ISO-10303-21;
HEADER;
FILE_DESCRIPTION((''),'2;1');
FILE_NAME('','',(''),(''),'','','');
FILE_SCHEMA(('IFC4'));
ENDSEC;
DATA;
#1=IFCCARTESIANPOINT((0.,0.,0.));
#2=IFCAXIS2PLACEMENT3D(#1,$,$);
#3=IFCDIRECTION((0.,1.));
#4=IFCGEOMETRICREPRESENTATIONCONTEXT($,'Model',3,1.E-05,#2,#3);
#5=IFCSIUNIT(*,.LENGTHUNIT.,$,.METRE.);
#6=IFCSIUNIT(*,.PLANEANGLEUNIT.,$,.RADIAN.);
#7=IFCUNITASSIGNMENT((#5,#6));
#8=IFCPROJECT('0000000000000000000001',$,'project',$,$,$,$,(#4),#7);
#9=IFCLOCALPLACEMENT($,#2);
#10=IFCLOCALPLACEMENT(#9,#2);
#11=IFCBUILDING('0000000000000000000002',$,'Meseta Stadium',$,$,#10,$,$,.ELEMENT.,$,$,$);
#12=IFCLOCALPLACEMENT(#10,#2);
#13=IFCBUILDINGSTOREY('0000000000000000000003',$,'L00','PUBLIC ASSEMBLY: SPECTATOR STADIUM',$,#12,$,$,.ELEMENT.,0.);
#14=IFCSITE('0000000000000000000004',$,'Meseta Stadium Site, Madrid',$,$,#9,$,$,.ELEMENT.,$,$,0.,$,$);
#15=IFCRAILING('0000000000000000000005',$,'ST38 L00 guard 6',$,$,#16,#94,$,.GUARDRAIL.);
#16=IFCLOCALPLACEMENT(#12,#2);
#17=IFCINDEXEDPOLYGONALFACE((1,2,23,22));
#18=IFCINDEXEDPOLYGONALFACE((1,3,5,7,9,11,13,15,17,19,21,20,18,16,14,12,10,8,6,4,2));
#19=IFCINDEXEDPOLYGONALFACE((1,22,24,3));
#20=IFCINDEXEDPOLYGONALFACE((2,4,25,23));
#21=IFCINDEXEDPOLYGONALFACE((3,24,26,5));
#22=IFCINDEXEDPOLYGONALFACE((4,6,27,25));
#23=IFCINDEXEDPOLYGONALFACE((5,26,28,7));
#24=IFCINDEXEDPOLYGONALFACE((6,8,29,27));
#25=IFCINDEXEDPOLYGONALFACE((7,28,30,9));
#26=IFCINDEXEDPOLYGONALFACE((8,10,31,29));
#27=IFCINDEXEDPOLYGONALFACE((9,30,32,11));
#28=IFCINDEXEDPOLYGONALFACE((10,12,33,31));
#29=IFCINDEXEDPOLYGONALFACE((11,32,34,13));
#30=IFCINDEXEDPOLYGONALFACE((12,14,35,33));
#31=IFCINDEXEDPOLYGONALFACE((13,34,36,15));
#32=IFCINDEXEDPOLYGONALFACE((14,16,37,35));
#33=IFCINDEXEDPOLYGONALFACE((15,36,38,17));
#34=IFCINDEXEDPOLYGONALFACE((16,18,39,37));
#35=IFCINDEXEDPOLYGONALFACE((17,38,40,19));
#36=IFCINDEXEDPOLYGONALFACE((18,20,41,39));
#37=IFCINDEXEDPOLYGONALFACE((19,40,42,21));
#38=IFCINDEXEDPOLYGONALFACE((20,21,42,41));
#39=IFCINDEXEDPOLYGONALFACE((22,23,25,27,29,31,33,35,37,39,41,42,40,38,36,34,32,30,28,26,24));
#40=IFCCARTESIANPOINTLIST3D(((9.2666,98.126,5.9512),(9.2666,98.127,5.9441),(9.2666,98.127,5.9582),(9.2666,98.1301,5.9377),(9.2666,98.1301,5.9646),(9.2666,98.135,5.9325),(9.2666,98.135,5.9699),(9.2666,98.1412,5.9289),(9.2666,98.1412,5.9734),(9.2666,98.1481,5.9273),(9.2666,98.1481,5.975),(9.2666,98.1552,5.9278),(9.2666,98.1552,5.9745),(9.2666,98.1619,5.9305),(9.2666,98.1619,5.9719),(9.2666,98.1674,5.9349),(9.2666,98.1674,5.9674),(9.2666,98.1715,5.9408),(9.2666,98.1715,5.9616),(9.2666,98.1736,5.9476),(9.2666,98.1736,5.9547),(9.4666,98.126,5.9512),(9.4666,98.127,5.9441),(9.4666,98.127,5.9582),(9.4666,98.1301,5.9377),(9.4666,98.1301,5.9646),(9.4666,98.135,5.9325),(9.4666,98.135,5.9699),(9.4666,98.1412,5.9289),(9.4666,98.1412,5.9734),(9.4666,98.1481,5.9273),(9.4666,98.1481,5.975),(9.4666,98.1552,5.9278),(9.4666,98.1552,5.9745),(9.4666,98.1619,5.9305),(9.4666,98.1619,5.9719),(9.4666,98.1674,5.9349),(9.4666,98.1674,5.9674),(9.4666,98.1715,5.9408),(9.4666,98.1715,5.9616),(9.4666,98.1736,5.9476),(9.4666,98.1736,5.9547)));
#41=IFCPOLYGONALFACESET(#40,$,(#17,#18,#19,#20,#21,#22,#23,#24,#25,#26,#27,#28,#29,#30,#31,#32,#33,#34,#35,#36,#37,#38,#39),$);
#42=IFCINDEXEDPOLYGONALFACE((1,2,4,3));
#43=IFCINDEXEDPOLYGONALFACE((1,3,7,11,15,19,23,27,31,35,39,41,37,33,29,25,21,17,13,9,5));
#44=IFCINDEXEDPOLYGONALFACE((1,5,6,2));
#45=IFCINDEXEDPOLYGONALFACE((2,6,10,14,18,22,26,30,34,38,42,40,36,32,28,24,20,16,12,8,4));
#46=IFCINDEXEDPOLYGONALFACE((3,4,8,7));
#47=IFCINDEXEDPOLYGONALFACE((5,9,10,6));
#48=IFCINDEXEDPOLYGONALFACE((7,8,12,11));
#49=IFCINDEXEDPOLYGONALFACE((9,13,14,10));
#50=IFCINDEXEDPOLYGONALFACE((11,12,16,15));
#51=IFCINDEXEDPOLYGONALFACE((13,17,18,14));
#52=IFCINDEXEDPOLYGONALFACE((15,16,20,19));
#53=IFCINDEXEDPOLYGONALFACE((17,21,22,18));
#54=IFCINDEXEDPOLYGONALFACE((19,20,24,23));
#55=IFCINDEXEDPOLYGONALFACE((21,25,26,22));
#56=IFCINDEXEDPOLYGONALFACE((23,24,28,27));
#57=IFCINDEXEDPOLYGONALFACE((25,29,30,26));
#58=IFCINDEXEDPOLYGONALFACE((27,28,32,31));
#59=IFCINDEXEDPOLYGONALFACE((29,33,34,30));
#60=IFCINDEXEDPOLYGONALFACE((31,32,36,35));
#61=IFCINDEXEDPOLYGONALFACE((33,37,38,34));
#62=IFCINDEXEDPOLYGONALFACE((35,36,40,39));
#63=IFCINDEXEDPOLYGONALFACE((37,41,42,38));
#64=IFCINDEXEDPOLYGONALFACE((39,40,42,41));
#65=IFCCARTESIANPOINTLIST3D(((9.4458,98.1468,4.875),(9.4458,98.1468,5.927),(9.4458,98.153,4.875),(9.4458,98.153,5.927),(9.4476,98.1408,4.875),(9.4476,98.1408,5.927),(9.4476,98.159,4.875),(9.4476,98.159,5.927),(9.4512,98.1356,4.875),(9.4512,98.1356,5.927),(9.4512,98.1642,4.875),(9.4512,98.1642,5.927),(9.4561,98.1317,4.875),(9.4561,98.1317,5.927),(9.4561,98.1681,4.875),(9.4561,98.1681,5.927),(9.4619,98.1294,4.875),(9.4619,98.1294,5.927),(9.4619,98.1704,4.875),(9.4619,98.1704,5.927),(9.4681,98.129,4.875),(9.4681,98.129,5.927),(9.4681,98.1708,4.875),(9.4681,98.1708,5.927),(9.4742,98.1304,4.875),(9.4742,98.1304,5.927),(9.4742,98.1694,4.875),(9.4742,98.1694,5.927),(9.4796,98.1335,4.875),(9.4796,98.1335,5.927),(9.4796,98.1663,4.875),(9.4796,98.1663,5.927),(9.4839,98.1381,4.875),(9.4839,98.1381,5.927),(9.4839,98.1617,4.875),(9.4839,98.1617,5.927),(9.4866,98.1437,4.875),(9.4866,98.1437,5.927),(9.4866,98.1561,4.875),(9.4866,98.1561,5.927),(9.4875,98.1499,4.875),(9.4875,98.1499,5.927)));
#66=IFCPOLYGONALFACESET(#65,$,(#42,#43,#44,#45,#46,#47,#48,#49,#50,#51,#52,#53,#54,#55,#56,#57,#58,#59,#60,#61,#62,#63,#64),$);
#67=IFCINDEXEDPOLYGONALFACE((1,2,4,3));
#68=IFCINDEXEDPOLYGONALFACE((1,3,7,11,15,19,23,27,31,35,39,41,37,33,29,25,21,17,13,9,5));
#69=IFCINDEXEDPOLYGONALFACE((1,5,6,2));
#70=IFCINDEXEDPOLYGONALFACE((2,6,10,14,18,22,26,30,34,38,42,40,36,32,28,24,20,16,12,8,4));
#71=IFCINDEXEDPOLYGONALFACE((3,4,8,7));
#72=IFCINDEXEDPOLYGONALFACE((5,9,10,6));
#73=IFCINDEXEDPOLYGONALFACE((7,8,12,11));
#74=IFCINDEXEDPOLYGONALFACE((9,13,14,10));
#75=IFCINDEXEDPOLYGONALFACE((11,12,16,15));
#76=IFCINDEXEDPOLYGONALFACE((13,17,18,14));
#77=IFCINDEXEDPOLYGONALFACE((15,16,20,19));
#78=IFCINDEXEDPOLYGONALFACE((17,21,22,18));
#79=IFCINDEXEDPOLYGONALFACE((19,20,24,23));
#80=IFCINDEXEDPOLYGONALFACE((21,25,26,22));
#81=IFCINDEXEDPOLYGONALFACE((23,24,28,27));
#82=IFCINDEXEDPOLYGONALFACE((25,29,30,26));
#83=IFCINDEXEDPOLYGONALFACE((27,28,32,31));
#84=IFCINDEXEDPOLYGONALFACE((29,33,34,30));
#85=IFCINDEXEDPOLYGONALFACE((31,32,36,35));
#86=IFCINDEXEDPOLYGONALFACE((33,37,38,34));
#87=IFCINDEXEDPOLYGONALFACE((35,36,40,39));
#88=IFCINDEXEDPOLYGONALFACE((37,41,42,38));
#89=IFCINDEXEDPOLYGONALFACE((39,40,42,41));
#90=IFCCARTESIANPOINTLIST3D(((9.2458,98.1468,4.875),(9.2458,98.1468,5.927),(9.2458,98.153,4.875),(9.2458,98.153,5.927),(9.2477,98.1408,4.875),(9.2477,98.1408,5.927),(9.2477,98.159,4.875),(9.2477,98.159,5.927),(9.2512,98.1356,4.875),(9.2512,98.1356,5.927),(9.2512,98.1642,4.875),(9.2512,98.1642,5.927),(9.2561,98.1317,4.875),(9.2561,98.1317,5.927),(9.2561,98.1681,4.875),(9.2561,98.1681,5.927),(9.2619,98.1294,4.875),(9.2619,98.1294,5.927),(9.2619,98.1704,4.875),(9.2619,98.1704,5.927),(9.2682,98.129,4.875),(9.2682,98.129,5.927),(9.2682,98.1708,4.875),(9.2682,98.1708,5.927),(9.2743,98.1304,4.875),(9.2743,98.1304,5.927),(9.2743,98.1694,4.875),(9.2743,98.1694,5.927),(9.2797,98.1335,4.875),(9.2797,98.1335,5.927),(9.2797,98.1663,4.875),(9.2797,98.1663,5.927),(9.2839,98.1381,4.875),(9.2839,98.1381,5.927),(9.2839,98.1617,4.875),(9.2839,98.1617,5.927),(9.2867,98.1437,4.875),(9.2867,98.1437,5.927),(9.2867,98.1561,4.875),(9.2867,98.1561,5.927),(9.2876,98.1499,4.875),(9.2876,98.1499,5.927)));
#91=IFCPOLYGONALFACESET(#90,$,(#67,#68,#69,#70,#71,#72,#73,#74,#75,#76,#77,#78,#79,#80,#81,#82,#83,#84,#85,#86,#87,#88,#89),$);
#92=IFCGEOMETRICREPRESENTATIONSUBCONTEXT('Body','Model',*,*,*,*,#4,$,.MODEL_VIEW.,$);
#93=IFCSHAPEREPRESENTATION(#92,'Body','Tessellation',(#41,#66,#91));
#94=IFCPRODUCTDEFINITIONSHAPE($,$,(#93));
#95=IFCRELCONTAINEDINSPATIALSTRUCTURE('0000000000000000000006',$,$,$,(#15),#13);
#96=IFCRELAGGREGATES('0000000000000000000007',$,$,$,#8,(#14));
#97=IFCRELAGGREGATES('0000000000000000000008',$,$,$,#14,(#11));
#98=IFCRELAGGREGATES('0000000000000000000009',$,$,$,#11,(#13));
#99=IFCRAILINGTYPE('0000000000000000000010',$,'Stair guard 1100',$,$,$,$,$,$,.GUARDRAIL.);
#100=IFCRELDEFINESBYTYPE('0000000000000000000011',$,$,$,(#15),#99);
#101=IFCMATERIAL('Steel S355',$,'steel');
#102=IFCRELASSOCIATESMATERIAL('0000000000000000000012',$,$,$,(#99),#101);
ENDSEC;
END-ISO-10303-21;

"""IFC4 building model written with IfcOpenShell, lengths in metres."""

from ifc_helpers import new_model, si_unit, direction, frame, origin, origin_2d, place, context, subcontext, project, spatial, circle, extrude, material, type_object, element, save


model = new_model("IFC4")

# Units and contexts
model_context = context("Model", 3, precision=1e-05, world=origin(), true_north=direction((0.0, 1.0)))
body_context = subcontext(model_context, "Body", "Model", "MODEL_VIEW")
ifc_project = project(units=[si_unit("LENGTHUNIT", "METRE"), si_unit("PLANEANGLEUNIT", "RADIAN")], contexts=[model_context])

# Site, building, storey
site_placement = place(None, origin())
site = spatial("IfcSite", under=ifc_project, at=site_placement, Name="Meseta Stadium Site, Madrid", CompositionType="ELEMENT", RefElevation=0.0)
building_placement = place(site_placement, origin())
building = spatial("IfcBuilding", under=site, at=building_placement, Name="Meseta Stadium", CompositionType="ELEMENT")
storey_placement = place(building_placement, origin())
storey = spatial("IfcBuildingStorey", under=building, at=storey_placement, Name="L00", Description="PUBLIC ASSEMBLY: SPECTATOR STADIUM", CompositionType="ELEMENT", Elevation=0.0)

# Railing
ifc_material_1 = material(Name="Steel S355", Category="steel")
railing_type_1 = type_object("IfcRailingType", Name="Stair guard 1100", PredefinedType="GUARDRAIL", material=ifc_material_1)
railing_1_placement = place(storey_placement, frame((9.4666, 98.1499, 4.875)))
element("IfcRailing", 1, at=railing_1_placement, inside=storey, type_object=railing_type_1, Name="ST38 L00 guard 6", PredefinedType="GUARDRAIL", context=body_context, shape_type="SweptSolid", body=[
    extrude(circle(Radius=0.0239, at=origin_2d()), frame((0.0, 0.0, 1.0762), z_axis=(-1.0, 0.0, 0.0), x_axis=(0.0, -1.0, 0.0)), (0.0, 0.0, 1.0), 0.2),
    extrude(circle(Radius=0.021, at=origin_2d()), origin(), (0.0, 0.0, 1.0), 1.052),
    extrude(circle(Radius=0.021, at=origin_2d()), frame((-0.2, 0.0, 0.0)), (0.0, 0.0, 1.0), 1.052),
])

save(model, "model.ifc")
